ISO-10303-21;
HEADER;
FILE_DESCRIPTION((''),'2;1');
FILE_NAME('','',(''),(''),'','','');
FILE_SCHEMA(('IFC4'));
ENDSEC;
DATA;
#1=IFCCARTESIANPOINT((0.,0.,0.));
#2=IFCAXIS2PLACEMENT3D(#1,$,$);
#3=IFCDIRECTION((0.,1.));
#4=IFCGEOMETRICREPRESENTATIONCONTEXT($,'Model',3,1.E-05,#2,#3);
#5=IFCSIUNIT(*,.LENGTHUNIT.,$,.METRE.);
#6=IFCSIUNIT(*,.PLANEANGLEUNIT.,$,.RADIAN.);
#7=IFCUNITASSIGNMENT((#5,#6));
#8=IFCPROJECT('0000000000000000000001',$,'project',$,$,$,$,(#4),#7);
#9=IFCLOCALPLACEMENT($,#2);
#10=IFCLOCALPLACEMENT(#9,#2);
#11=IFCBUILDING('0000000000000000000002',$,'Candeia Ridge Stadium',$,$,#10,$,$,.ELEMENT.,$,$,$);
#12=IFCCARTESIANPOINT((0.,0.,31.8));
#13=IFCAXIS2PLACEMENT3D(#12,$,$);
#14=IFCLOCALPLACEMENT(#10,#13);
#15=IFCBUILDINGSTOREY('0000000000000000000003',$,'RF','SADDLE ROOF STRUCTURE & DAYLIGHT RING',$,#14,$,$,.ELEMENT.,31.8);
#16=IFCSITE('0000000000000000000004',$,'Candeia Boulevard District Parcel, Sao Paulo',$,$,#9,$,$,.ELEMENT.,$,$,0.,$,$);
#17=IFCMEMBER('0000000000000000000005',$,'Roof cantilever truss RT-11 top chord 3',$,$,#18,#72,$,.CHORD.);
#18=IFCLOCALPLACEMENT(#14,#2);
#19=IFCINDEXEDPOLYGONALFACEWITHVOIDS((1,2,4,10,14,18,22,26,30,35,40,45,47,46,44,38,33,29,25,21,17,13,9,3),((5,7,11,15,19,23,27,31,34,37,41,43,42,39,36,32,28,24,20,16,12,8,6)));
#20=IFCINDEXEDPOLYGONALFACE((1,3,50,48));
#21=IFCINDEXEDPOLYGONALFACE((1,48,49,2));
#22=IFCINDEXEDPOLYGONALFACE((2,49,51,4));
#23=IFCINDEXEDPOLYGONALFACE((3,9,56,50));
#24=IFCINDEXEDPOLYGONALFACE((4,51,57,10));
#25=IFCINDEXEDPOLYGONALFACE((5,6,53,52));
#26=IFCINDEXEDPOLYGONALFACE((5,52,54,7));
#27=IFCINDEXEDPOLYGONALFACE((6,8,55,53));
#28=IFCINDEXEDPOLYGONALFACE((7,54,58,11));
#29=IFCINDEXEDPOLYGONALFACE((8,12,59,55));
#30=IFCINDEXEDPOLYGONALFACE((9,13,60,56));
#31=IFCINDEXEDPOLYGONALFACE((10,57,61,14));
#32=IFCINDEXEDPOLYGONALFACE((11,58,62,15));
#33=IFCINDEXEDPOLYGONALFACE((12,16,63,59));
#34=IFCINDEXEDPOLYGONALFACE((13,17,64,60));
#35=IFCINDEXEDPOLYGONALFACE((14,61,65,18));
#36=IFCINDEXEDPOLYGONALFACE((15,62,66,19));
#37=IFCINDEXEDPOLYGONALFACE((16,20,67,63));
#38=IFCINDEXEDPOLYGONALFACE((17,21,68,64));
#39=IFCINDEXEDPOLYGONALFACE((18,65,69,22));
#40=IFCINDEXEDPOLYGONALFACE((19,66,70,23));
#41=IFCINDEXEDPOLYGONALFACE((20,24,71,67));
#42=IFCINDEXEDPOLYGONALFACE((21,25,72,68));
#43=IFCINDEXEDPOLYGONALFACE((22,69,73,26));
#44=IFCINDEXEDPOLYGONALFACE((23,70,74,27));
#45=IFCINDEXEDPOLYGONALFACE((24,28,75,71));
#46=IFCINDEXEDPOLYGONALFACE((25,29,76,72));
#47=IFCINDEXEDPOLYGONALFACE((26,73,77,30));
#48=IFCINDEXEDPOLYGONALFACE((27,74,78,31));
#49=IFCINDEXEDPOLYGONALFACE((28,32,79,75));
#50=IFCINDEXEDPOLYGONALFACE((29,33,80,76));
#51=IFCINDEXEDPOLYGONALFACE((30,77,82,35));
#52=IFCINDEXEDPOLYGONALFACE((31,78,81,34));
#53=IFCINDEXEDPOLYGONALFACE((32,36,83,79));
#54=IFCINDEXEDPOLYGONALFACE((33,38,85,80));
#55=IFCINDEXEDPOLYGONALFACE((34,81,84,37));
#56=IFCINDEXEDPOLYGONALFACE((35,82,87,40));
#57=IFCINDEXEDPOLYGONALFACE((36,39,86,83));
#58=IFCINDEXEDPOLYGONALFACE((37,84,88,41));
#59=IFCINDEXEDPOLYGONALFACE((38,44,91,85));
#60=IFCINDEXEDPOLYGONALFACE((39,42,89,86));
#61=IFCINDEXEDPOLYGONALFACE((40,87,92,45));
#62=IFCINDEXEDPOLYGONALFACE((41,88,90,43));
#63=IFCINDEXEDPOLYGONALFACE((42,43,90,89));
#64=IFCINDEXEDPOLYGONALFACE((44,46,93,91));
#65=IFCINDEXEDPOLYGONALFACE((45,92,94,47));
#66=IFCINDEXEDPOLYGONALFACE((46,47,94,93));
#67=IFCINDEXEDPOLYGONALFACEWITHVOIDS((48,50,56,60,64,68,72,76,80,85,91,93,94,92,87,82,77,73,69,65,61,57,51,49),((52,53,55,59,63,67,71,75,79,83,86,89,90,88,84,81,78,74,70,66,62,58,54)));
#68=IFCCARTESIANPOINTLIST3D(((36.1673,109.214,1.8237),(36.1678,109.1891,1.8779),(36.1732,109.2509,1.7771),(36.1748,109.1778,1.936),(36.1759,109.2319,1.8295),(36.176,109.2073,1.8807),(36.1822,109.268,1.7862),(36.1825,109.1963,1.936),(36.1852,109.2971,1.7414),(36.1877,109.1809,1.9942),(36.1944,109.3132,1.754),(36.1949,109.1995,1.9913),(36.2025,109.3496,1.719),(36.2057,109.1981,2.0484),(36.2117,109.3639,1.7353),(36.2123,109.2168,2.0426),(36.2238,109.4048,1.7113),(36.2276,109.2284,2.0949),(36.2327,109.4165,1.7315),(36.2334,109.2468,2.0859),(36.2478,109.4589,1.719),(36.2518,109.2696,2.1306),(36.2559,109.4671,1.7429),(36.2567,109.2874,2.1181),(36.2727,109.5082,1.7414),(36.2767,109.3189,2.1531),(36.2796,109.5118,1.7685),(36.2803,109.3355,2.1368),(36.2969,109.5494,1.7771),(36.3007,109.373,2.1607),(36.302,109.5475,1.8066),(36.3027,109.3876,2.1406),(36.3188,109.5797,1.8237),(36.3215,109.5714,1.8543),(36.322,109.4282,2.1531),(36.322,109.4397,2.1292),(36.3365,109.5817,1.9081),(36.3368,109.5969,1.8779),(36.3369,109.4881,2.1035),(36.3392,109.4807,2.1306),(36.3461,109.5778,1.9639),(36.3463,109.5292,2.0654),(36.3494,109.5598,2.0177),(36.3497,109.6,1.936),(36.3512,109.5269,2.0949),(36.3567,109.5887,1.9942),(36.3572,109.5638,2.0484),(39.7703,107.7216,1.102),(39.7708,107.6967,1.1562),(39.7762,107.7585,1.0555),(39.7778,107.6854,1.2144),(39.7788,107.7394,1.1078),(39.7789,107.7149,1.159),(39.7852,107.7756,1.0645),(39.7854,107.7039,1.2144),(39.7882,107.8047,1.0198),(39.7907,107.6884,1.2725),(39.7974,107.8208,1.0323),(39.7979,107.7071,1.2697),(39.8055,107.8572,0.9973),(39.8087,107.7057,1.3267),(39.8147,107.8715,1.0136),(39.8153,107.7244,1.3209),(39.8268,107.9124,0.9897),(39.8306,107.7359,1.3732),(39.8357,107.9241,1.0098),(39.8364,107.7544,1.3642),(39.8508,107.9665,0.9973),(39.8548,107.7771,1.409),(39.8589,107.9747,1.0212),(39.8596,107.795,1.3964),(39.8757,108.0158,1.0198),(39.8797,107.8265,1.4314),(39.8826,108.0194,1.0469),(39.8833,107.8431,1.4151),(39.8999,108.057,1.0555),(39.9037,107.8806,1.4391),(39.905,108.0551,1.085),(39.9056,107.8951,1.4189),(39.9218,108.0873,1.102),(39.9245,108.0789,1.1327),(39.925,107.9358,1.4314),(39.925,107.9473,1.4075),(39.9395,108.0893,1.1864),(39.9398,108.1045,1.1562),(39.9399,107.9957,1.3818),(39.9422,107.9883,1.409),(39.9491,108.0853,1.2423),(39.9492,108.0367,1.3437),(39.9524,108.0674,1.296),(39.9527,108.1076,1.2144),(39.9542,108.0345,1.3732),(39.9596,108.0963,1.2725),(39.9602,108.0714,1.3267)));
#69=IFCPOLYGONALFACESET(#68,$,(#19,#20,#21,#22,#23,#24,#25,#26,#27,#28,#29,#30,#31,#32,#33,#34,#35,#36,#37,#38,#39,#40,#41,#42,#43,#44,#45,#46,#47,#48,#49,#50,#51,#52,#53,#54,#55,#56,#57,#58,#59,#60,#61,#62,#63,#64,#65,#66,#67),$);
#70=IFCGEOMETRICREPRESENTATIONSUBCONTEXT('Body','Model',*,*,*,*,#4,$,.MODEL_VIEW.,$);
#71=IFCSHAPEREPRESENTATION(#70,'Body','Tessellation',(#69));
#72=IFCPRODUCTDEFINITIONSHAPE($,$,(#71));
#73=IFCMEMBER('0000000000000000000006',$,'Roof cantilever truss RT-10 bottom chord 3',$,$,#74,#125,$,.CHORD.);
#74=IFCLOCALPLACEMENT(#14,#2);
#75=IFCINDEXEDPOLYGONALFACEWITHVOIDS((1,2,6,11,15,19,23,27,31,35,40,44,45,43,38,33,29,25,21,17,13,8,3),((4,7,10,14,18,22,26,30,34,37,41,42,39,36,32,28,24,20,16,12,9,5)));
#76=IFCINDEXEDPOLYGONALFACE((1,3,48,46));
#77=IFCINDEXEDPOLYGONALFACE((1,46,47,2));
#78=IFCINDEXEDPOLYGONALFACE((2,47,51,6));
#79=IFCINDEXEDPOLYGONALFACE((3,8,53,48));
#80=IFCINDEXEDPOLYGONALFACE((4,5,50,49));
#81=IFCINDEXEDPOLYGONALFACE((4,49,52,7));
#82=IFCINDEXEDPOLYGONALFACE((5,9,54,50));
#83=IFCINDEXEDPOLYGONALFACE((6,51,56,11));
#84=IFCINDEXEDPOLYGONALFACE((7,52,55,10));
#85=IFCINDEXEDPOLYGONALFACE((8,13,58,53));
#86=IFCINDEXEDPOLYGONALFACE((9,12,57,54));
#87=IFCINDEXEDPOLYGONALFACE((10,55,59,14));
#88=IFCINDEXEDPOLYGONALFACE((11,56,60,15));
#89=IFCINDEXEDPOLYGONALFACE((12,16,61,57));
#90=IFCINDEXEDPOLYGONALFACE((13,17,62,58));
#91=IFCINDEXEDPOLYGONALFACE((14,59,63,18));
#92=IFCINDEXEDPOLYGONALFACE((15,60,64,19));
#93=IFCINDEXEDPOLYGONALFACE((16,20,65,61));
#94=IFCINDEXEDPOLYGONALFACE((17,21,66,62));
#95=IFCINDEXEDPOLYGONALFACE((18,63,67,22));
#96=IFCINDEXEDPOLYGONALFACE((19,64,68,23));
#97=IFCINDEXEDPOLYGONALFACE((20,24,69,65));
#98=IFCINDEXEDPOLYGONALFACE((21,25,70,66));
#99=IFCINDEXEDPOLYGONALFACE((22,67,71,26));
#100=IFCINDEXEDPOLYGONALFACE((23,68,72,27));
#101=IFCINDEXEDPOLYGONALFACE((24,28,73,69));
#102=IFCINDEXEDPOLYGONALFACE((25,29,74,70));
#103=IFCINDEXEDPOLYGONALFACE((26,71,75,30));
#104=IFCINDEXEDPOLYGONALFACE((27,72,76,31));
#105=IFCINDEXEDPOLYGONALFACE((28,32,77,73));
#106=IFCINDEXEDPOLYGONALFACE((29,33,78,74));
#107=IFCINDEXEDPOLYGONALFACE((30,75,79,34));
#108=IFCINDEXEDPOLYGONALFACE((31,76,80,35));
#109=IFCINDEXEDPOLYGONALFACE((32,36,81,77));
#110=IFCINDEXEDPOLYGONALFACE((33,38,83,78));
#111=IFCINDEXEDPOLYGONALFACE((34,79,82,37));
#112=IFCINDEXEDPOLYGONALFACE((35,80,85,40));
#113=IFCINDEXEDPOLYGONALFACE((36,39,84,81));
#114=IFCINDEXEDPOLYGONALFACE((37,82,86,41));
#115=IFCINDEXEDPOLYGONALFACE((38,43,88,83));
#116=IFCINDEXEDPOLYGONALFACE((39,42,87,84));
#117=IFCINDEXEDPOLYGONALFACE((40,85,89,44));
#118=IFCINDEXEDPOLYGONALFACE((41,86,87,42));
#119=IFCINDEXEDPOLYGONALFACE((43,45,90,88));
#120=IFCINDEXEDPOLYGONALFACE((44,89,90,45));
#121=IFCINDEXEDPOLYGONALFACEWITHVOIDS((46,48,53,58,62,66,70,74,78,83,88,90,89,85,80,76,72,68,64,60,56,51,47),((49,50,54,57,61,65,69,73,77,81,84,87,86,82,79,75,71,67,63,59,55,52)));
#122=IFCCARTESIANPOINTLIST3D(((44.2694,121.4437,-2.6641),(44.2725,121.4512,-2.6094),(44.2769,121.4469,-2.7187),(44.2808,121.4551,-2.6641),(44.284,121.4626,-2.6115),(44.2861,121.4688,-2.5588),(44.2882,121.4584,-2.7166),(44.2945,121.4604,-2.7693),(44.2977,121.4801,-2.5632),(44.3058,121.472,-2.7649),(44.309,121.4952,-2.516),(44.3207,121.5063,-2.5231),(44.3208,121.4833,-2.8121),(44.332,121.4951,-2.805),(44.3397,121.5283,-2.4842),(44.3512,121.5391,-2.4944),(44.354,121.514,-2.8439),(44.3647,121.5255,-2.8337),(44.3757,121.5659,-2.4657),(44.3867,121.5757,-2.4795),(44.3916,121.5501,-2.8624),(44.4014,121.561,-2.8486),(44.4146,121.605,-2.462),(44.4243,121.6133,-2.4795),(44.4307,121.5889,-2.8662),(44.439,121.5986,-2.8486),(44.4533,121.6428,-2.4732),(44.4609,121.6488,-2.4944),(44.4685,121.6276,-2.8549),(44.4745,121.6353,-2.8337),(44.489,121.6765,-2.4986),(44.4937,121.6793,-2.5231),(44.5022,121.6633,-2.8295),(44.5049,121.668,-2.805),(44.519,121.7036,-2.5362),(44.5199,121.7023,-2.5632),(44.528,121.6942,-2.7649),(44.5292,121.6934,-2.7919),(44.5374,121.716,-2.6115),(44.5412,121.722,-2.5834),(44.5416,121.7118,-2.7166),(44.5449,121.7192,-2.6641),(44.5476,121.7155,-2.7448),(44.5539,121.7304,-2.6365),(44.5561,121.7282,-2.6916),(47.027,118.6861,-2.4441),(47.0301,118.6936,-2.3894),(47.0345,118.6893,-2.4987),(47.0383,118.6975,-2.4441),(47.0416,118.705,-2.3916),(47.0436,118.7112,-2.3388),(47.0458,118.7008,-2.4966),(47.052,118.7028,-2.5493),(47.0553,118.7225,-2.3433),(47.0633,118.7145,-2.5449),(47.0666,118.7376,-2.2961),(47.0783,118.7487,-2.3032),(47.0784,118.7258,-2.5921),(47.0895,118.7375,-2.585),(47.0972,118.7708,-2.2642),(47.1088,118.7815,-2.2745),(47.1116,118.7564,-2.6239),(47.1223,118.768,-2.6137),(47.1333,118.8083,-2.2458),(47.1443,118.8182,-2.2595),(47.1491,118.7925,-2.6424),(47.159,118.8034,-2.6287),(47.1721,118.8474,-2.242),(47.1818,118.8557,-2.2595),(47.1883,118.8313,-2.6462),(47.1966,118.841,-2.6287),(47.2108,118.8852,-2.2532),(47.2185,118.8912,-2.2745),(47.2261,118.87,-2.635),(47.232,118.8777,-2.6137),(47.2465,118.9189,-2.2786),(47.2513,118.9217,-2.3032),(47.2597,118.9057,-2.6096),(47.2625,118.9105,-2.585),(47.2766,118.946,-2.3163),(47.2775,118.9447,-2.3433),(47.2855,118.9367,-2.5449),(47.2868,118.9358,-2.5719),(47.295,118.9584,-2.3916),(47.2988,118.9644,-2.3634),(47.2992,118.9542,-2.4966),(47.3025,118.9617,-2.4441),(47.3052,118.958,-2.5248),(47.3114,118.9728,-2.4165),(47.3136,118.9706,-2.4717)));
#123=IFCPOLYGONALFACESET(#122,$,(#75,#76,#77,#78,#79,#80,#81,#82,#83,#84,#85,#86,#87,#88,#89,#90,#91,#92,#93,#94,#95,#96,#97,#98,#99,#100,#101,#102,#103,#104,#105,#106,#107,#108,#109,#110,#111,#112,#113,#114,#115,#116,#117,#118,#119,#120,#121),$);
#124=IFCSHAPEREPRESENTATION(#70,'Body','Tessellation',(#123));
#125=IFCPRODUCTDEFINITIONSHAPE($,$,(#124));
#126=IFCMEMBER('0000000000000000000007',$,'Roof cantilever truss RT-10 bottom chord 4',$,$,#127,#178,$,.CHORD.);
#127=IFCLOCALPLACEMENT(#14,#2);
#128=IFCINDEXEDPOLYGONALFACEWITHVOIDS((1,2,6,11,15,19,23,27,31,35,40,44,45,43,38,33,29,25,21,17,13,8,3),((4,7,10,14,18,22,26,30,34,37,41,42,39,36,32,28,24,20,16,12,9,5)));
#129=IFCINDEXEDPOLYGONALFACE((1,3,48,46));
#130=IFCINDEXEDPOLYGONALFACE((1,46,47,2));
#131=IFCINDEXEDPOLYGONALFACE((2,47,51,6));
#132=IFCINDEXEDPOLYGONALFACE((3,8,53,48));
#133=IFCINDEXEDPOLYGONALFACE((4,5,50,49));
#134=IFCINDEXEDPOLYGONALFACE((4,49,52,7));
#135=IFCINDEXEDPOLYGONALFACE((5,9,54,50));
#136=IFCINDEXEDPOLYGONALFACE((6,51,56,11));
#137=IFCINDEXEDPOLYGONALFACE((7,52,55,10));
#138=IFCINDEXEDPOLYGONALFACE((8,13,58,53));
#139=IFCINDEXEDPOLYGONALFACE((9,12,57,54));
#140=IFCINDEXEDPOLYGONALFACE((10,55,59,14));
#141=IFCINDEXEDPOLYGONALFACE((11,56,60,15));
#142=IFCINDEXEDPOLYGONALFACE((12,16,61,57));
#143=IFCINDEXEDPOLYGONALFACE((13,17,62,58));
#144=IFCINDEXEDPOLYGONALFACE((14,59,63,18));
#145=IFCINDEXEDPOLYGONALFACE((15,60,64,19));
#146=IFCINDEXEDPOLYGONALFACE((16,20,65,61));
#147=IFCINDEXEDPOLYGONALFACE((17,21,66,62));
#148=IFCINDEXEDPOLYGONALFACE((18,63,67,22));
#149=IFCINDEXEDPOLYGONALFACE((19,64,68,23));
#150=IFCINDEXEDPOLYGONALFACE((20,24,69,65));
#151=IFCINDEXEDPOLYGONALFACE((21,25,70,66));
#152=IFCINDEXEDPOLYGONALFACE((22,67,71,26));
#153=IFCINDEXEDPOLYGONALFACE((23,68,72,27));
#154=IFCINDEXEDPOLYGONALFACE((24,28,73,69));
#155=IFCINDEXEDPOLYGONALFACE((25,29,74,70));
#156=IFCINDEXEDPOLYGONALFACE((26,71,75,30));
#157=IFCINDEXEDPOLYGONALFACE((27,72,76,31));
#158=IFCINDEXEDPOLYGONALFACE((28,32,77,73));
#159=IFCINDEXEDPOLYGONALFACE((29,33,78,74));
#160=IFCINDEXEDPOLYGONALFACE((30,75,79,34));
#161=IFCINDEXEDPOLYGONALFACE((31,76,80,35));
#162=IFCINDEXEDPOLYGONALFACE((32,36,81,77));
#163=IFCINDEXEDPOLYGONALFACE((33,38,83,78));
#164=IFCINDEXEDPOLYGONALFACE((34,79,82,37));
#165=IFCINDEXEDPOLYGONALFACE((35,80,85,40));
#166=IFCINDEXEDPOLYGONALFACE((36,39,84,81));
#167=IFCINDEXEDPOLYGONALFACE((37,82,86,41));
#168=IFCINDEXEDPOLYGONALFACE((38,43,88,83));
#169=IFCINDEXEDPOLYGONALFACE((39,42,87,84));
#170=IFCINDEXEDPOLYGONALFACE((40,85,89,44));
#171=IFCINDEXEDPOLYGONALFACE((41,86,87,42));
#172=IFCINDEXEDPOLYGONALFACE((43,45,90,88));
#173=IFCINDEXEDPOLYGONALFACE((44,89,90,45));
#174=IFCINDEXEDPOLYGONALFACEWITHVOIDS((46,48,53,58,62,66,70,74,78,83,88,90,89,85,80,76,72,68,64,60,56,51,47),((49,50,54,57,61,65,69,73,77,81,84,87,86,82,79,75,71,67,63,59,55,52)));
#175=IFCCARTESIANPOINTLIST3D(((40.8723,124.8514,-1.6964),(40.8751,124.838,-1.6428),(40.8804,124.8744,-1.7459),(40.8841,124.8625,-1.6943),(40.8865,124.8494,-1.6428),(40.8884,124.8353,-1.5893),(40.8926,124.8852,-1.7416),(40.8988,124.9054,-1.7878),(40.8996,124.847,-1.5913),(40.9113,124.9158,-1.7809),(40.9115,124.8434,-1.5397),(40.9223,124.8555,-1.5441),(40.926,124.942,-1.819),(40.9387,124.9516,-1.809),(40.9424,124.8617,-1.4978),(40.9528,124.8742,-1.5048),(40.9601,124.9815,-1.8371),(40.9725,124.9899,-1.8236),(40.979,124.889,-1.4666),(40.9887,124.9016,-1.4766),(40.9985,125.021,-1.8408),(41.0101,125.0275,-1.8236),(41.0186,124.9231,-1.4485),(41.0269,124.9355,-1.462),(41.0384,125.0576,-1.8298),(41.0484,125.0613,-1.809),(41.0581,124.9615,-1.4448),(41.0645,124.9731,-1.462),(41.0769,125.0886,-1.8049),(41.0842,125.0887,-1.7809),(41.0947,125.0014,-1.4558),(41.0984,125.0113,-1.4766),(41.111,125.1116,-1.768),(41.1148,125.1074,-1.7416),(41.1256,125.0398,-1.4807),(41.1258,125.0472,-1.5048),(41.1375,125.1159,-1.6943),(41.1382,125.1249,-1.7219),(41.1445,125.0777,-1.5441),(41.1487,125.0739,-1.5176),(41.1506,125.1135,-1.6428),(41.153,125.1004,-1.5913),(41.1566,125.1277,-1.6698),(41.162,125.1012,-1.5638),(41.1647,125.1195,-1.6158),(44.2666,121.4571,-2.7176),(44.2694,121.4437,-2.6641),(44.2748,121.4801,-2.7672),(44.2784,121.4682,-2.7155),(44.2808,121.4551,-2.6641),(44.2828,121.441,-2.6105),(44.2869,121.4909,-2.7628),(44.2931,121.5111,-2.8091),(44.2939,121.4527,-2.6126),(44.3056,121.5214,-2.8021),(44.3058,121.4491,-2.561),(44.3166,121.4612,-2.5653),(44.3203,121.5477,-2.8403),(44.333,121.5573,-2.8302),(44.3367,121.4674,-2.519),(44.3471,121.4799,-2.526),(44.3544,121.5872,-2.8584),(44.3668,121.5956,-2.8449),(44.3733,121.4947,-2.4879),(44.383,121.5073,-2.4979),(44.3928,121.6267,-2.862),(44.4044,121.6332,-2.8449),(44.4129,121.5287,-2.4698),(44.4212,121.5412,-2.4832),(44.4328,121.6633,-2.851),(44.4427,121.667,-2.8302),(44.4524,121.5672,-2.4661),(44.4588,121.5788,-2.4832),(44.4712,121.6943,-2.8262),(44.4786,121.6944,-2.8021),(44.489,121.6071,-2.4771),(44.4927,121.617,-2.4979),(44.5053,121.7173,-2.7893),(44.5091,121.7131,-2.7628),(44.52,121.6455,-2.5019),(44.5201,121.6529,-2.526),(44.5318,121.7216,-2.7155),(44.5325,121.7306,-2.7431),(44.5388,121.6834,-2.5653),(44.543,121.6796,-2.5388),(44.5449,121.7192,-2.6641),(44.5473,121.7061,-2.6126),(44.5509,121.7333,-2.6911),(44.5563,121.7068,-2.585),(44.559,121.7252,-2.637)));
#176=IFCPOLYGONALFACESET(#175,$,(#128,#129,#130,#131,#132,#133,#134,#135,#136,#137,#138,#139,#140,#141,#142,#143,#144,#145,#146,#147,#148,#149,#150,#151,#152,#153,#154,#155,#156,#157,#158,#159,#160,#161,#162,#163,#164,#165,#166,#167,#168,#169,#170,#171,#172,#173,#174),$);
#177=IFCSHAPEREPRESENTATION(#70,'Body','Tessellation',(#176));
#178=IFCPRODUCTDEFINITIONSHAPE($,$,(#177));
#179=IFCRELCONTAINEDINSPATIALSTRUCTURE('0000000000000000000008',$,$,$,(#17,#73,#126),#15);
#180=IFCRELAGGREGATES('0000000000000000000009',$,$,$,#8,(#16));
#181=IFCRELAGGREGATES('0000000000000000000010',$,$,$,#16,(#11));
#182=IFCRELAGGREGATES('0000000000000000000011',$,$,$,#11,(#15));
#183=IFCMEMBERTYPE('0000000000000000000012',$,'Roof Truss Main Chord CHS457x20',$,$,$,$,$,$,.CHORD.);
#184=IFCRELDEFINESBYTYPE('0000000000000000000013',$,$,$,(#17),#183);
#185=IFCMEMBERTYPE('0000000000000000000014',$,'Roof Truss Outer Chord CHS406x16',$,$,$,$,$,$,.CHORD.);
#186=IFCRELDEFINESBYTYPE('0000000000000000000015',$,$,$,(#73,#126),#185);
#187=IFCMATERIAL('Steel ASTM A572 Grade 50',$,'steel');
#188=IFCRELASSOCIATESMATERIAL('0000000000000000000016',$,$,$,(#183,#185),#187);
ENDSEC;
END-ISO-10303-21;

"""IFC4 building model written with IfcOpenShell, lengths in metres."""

from ifc_helpers import new_model, si_unit, direction, frame, origin, origin_2d, place, context, subcontext, project, spatial, hollow_circle, extrude, material, material_profile, profile_set, type_object, element, save


model = new_model("IFC4")

# Units and contexts
model_context = context("Model", 3, precision=1e-05, world=origin(), true_north=direction((0.0, 1.0)))
body_context = subcontext(model_context, "Body", "Model", "MODEL_VIEW")
ifc_project = project(units=[si_unit("LENGTHUNIT", "METRE"), si_unit("PLANEANGLEUNIT", "RADIAN")], contexts=[model_context])

# Site, building, storey
site_placement = place(None, origin())
site = spatial("IfcSite", under=ifc_project, at=site_placement, Name="Candeia Boulevard District Parcel, Sao Paulo", CompositionType="ELEMENT", RefElevation=0.0)
building_placement = place(site_placement, origin())
building = spatial("IfcBuilding", under=site, at=building_placement, Name="Candeia Ridge Stadium", CompositionType="ELEMENT")
storey_placement = place(building_placement, frame((0.0, 0.0, 31.8)))
storey = spatial("IfcBuildingStorey", under=building, at=storey_placement, Name="RF", Description="SADDLE ROOF STRUCTURE & DAYLIGHT RING", CompositionType="ELEMENT", Elevation=31.8)

# Shared definitions
ifc_material_1 = material(Name="Steel ASTM A572 Grade 50", Category="steel")

# Members
ifc_material_profile_1 = material_profile(ifc_material_1, hollow_circle(Radius=0.2285, WallThickness=0.02, at=origin_2d()), Name="CHS457x20", Category="steel")
ifc_profile_set_1 = profile_set([ifc_material_profile_1], Name="Steel ASTM A572 Grade 50")
member_type_1 = type_object("IfcMemberType", Name="Roof Truss Main Chord CHS457x20", PredefinedType="CHORD", material=ifc_profile_set_1)
member_1_placement = place(storey_placement, frame((39.8652, 107.8965, 1.2144), z_axis=(-0.908455, 0.376297, 0.181962), x_axis=(-0.382685, -0.923879, 0.0)))
element("IfcMember", 1, at=member_1_placement, inside=storey, type_object=member_type_1, Name="Roof cantilever truss RT-11 top chord 3", PredefinedType="CHORD", context=body_context, shape_type="SweptSolid", body=[
    extrude(hollow_circle(Radius=0.2285, WallThickness=0.02, at=origin_2d()), origin(), (0.0, 0.0, 1.0), 3.9661),
])
ifc_material_profile_2 = material_profile(ifc_material_1, hollow_circle(Radius=0.2029, WallThickness=0.0161, at=origin_2d()), Name="CHS406x16", Category="steel")
ifc_profile_set_2 = profile_set([ifc_material_profile_2], Name="Steel ASTM A572 Grade 50")
member_type_2 = type_object("IfcMemberType", Name="Roof Truss Outer Chord CHS406x16", PredefinedType="CHORD", material=ifc_profile_set_2)
member_2_placement = place(storey_placement, frame((47.1704, 118.8296, -2.4441), z_axis=(-0.705985, 0.705985, -0.056316), x_axis=(-0.707107, -0.707107, 0.0)))
element("IfcMember", 2, at=member_2_placement, inside=storey, type_object=member_type_2, Name="Roof cantilever truss RT-10 bottom chord 3", PredefinedType="CHORD", context=body_context, shape_type="SweptSolid", body=[
    extrude(hollow_circle(Radius=0.2029, WallThickness=0.0161, at=origin_2d()), origin(), (0.0, 0.0, 1.0), 3.906),
])
member_3_placement = place(storey_placement, frame((44.4128, 121.5872, -2.6641), z_axis=(-0.691628, 0.691628, 0.20809), x_axis=(-0.707107, -0.707107, 0.0)))
element("IfcMember", 3, at=member_3_placement, inside=storey, type_object=member_type_2, Name="Roof cantilever truss RT-10 bottom chord 4", PredefinedType="CHORD", context=body_context, shape_type="SweptSolid", body=[
    extrude(hollow_circle(Radius=0.2029, WallThickness=0.0161, at=origin_2d()), origin(), (0.0, 0.0, 1.0), 4.9077),
])

save(model, "model.ifc")
